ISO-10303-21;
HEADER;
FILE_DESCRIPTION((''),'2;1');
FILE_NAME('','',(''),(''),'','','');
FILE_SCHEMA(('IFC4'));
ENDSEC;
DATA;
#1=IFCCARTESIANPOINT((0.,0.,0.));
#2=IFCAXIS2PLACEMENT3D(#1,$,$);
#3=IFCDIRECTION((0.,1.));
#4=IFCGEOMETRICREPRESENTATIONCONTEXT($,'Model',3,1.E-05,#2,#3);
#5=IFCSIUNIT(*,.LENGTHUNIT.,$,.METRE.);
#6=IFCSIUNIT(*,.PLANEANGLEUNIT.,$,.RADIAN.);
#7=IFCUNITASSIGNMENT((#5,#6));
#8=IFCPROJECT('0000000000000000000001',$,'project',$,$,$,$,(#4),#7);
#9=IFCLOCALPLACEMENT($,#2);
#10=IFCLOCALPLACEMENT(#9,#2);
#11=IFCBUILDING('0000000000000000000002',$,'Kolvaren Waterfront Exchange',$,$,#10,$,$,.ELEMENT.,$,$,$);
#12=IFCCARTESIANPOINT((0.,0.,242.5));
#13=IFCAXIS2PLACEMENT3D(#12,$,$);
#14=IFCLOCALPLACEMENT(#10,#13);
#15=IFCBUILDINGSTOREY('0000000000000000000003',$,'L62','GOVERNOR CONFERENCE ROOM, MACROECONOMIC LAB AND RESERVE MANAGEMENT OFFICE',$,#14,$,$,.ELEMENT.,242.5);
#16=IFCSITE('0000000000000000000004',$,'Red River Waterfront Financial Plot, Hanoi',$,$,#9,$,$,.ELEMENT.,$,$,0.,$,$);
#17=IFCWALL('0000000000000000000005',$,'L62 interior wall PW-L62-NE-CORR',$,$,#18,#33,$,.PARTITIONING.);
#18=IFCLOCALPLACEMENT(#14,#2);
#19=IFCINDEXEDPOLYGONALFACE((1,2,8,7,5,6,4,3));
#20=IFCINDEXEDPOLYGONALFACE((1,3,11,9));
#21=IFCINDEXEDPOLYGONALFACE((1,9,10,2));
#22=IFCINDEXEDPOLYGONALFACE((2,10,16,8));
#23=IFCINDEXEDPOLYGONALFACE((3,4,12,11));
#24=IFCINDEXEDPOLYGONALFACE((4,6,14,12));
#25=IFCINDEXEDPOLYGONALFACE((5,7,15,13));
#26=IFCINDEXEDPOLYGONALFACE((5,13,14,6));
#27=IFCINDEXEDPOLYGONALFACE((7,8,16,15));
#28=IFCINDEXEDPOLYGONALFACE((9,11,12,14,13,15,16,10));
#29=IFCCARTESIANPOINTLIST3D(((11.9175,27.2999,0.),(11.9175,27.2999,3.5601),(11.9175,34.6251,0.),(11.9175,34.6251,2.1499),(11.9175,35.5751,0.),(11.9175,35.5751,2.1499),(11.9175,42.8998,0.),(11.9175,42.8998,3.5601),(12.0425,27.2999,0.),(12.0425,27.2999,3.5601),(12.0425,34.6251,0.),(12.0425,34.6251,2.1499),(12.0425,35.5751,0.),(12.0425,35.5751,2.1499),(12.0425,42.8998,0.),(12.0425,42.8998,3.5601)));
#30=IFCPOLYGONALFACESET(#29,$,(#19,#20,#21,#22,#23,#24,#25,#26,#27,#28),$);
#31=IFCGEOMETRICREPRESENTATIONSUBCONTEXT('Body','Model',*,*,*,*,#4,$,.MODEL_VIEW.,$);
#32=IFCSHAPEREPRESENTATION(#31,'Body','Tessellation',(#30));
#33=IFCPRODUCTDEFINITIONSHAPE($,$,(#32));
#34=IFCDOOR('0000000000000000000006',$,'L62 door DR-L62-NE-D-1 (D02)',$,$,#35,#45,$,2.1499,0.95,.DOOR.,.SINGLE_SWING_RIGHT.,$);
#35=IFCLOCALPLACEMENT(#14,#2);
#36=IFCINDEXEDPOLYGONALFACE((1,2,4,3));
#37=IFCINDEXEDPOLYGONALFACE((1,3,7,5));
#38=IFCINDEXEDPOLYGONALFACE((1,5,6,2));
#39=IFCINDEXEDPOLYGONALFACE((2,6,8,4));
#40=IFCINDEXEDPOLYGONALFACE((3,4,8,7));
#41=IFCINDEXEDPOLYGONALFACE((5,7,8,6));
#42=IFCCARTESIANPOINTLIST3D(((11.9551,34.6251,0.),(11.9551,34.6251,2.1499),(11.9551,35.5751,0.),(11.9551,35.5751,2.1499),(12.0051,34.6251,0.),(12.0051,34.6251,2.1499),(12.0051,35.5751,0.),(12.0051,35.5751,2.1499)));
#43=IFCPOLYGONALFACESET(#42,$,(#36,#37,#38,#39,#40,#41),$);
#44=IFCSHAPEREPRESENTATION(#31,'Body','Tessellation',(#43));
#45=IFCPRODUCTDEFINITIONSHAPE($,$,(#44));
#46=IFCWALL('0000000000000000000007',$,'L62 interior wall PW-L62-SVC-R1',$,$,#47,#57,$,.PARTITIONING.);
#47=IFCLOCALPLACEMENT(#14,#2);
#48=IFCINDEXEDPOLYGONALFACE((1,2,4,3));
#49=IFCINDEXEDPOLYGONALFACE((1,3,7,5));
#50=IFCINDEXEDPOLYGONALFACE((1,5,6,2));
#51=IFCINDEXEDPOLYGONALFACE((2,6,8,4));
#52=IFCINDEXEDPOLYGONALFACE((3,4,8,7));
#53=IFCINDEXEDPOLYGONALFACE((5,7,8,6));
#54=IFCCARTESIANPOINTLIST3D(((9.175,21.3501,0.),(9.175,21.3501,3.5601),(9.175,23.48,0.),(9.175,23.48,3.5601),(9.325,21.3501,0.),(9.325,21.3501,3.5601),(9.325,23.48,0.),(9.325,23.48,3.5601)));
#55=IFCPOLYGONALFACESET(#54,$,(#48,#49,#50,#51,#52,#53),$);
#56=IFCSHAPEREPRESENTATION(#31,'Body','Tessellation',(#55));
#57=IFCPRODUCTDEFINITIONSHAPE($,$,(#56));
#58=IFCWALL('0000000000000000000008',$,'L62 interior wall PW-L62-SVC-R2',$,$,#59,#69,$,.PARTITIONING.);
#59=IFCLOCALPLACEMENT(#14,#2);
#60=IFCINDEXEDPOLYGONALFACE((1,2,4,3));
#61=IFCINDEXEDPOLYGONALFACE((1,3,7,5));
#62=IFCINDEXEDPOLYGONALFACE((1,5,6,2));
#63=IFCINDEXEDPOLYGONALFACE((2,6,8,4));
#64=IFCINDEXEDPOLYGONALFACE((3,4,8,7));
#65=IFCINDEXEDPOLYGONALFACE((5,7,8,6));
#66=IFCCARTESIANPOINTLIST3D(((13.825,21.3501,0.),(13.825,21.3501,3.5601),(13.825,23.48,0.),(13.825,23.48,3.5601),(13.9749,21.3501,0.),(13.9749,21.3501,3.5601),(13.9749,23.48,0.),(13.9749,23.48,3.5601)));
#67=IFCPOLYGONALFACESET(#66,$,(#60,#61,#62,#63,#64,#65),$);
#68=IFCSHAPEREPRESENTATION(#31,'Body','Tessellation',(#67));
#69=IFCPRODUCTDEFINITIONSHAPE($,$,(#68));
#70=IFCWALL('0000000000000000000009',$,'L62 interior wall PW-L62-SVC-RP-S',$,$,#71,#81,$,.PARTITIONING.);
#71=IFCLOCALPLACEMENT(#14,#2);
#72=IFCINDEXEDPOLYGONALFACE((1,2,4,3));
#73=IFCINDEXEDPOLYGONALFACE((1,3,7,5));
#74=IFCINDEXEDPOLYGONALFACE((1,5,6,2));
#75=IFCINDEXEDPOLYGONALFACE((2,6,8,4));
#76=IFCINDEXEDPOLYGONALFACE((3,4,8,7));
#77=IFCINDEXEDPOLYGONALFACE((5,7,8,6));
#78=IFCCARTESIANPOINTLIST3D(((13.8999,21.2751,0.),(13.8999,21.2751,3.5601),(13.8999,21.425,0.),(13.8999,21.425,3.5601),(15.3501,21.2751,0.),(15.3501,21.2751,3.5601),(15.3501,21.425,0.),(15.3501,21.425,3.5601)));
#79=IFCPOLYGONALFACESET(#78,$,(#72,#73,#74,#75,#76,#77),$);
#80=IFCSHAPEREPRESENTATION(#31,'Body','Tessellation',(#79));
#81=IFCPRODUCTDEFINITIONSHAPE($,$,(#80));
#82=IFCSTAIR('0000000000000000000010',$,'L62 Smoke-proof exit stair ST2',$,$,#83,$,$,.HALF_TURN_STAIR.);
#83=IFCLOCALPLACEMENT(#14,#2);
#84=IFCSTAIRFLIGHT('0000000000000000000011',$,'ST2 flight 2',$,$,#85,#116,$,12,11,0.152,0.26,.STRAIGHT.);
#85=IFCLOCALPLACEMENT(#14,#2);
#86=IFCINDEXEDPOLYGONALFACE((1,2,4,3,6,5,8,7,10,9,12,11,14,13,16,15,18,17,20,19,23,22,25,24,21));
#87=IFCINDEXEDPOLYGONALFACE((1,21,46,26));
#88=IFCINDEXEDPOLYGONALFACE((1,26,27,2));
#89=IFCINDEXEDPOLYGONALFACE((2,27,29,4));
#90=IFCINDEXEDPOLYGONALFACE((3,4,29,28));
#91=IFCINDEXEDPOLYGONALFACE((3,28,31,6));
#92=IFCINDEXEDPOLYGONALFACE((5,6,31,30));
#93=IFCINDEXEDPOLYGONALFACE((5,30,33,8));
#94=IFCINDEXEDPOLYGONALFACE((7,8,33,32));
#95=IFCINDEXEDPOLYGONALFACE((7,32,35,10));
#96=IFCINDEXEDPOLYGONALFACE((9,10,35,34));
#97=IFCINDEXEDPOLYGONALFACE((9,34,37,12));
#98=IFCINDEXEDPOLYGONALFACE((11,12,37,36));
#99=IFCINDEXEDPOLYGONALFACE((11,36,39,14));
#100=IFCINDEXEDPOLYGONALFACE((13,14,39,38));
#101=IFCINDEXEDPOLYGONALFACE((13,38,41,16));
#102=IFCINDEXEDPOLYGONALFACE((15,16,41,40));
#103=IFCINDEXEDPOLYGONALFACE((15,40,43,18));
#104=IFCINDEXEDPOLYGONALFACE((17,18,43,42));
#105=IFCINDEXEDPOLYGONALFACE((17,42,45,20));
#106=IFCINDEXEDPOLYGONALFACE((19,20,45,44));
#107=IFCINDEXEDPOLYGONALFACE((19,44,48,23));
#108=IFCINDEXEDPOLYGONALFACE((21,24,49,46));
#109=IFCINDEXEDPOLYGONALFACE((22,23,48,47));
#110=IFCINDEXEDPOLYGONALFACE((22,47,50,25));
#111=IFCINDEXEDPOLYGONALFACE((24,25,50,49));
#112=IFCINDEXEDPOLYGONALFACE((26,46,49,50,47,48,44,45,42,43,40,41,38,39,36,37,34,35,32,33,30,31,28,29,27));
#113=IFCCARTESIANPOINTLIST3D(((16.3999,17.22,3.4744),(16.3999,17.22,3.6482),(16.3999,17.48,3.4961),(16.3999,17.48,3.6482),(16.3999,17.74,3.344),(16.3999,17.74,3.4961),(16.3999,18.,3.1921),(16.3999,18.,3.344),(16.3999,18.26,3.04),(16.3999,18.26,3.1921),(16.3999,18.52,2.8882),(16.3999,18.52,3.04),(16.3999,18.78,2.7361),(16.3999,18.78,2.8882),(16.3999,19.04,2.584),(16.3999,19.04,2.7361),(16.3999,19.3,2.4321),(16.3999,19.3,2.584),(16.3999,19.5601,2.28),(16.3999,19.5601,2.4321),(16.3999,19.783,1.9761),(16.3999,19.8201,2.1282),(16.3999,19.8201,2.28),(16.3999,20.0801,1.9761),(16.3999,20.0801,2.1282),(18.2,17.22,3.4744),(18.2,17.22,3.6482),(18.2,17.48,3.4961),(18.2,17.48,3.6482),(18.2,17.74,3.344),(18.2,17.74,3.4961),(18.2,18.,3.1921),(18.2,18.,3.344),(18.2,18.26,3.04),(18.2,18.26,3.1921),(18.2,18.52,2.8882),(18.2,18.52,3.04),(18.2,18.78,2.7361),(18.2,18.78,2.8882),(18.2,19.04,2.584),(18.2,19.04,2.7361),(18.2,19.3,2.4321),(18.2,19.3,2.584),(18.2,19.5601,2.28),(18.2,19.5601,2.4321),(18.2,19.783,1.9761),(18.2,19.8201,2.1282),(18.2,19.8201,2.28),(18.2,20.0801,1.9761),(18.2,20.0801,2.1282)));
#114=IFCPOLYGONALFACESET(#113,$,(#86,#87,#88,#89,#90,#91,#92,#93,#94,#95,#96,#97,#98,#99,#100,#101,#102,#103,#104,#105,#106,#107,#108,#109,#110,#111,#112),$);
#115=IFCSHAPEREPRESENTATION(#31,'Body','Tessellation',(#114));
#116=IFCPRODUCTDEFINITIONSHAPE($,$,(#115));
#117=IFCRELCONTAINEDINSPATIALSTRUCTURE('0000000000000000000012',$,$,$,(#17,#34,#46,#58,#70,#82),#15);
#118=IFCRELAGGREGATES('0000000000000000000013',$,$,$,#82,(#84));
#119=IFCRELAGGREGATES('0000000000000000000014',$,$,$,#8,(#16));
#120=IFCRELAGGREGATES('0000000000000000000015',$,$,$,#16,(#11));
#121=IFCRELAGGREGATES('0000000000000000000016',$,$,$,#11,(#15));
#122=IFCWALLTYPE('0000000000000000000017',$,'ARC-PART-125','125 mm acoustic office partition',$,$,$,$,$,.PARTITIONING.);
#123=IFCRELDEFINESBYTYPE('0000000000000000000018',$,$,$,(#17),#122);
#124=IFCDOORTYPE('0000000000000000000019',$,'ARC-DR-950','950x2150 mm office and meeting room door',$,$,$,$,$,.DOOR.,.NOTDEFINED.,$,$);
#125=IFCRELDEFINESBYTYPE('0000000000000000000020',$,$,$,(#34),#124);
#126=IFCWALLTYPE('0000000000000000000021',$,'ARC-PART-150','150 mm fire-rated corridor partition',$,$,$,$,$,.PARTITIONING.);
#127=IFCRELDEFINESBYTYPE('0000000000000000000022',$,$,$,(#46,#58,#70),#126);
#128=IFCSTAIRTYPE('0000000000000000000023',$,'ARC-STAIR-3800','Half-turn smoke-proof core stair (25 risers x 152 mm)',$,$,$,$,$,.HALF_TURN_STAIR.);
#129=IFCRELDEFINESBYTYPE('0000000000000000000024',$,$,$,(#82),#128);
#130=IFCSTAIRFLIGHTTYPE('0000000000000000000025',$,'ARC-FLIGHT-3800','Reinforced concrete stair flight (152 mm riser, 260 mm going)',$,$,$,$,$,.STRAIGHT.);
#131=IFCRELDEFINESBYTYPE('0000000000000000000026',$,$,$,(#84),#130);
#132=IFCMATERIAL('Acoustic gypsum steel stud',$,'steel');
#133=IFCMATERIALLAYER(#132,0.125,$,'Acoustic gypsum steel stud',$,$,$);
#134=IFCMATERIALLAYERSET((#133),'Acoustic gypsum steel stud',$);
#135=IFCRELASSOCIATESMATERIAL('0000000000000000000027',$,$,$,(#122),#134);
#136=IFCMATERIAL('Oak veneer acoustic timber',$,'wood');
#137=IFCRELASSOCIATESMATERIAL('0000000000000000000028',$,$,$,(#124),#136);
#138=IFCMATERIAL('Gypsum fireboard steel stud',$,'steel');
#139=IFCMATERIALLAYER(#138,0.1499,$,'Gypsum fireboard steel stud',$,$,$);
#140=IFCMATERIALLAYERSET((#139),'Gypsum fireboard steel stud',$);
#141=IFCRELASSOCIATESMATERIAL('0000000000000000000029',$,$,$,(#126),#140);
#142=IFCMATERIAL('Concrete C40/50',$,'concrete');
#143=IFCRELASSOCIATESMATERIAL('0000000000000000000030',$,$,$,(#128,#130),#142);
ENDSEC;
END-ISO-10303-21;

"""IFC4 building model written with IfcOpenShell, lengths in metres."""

from ifc_helpers import new_model, si_unit, direction, frame, frame_2d, origin, place, context, subcontext, project, spatial, polyline, rectangle, outline, extrude, material, layer, layer_set, type_object, element, fill, aggregate, save


model = new_model("IFC4")

# Units and contexts
model_context = context("Model", 3, precision=1e-05, world=origin(), true_north=direction((0.0, 1.0)))
body_context = subcontext(model_context, "Body", "Model", "MODEL_VIEW")
ifc_project = project(units=[si_unit("LENGTHUNIT", "METRE"), si_unit("PLANEANGLEUNIT", "RADIAN")], contexts=[model_context])

# Site, building, storey
site_placement = place(None, origin())
site = spatial("IfcSite", under=ifc_project, at=site_placement, Name="Red River Waterfront Financial Plot, Hanoi", CompositionType="ELEMENT", RefElevation=0.0)
building_placement = place(site_placement, origin())
building = spatial("IfcBuilding", under=site, at=building_placement, Name="Kolvaren Waterfront Exchange", CompositionType="ELEMENT")
storey_placement = place(building_placement, frame((0.0, 0.0, 242.5)))
storey = spatial("IfcBuildingStorey", under=building, at=storey_placement, Name="L62", Description="GOVERNOR CONFERENCE ROOM, MACROECONOMIC LAB AND RESERVE MANAGEMENT OFFICE", CompositionType="ELEMENT", Elevation=242.5)

# Shared definitions
ifc_material_1 = material(Name="Acoustic gypsum steel stud", Category="steel")
ifc_layer_1 = layer(ifc_material_1, 0.125, Name="Acoustic gypsum steel stud")
ifc_layer_set_1 = layer_set([ifc_layer_1], Name="Acoustic gypsum steel stud")
wall_type_1 = type_object("IfcWallType", Name="ARC-PART-125", Description="125 mm acoustic office partition", PredefinedType="PARTITIONING", material=ifc_layer_set_1)

# Shared definitions
ifc_material_2 = material(Name="Oak veneer acoustic timber", Category="wood")
door_type_1 = type_object("IfcDoorType", Name="ARC-DR-950", Description="950x2150 mm office and meeting room door", OperationType="NOTDEFINED", PredefinedType="DOOR", material=ifc_material_2)

# Wall, opening, door
wall_1_placement = place(storey_placement, frame((11.98, 27.3, 0.0), z_axis=(0.0, 0.0, 1.0), x_axis=(0.0, 1.0, 0.0)))
wall_1 = element("IfcWall", 1, at=wall_1_placement, inside=storey, type_object=wall_type_1, Name="L62 interior wall PW-L62-NE-CORR", PredefinedType="PARTITIONING", context=body_context, shape_type="SweptSolid", body=[
    extrude(rectangle(XDim=15.5999, YDim=0.125, at=frame_2d((7.7998, 0.0))), origin(), (0.0, 0.0, 1.0), 3.5601),
])
opening_1_placement = place(wall_1_placement, frame((7.325, 0.0, 0.0)))
opening_1 = element("IfcOpeningElement", 2, at=opening_1_placement, cuts=wall_1, PredefinedType="OPENING", context=body_context, shape_type="SweptSolid", body=[
    extrude(rectangle(XDim=0.95, YDim=2.1499, at=frame_2d((0.4751, 1.075))), frame((0.0, 0.0725, 0.0), z_axis=(0.0, -1.0, 0.0), x_axis=(1.0, 0.0, 0.0)), (0.0, 0.0, 1.0), 0.145),
])
door_1_placement = place(opening_1_placement, origin())
door_1 = element("IfcDoor", 3, at=door_1_placement, inside=storey, type_object=door_type_1, Name="L62 door DR-L62-NE-D-1 (D02)", OperationType="SINGLE_SWING_RIGHT", OverallHeight=2.1499, OverallWidth=0.95, PredefinedType="DOOR", context=body_context, shape_type="SweptSolid", body=[
    extrude(rectangle(XDim=0.95, YDim=2.1499, at=frame_2d((0.4751, 1.075))), frame((0.0, 0.0249, 0.0), z_axis=(0.0, -1.0, 0.0), x_axis=(1.0, 0.0, 0.0)), (0.0, 0.0, 1.0), 0.05),
])
fill(opening_1, door_1)

# Walls
ifc_material_3 = material(Name="Gypsum fireboard steel stud", Category="steel")
ifc_layer_2 = layer(ifc_material_3, 0.1499, Name="Gypsum fireboard steel stud")
ifc_layer_set_2 = layer_set([ifc_layer_2], Name="Gypsum fireboard steel stud")
wall_type_2 = type_object("IfcWallType", Name="ARC-PART-150", Description="150 mm fire-rated corridor partition", PredefinedType="PARTITIONING", material=ifc_layer_set_2)
for number, where, z_axis, x_axis, name in (
    (4, (9.25, 21.3501, 0.0), (0.0, 0.0, 1.0), (0.0, 1.0, 0.0), "L62 interior wall PW-L62-SVC-R1"),
    (5, (13.8999, 21.3501, 0.0), (0.0, 0.0, 1.0), (0.0, 1.0, 0.0), "L62 interior wall PW-L62-SVC-R2"),
):
    element("IfcWall", number, at=place(storey_placement, frame(where, z_axis=z_axis, x_axis=x_axis)), inside=storey, type_object=wall_type_2, Name=name, PredefinedType="PARTITIONING", context=body_context, shape_type="SweptSolid", body=[
        extrude(rectangle(XDim=2.1299, YDim=0.1499, at=frame_2d((1.0649, 0.0))), origin(), (0.0, 0.0, 1.0), 3.5601),
    ])
wall_2_placement = place(storey_placement, frame((13.8999, 21.3501, 0.0), z_axis=(0.0, 0.0, 1.0), x_axis=(1.0, 0.0, 0.0)))
element("IfcWall", 6, at=wall_2_placement, inside=storey, type_object=wall_type_2, Name="L62 interior wall PW-L62-SVC-RP-S", PredefinedType="PARTITIONING", context=body_context, shape_type="SweptSolid", body=[
    extrude(rectangle(XDim=1.4502, YDim=0.1499, at=frame_2d((0.7251, 0.0))), origin(), (0.0, 0.0, 1.0), 3.5601),
])

# Stair, stair flight
ifc_material_4 = material(Name="Concrete C40/50", Category="concrete")
stair_type = type_object("IfcStairType", Name="ARC-STAIR-3800", Description="Half-turn smoke-proof core stair (25 risers x 152 mm)", PredefinedType="HALF_TURN_STAIR", material=ifc_material_4)
stair_placement = place(storey_placement, origin())
stair = element("IfcStair", 7, at=stair_placement, inside=storey, type_object=stair_type, Name="L62 Smoke-proof exit stair ST2", PredefinedType="HALF_TURN_STAIR")
stair_flight_type = type_object("IfcStairFlightType", Name="ARC-FLIGHT-3800", Description="Reinforced concrete stair flight (152 mm riser, 260 mm going)", PredefinedType="STRAIGHT", material=ifc_material_4)
stair_flight_placement = place(storey_placement, frame((17.3, 20.0801, 1.9761), z_axis=(0.0, 0.0, 1.0), x_axis=(0.0, -1.0, 0.0)))
stair_flight = element("IfcStairFlight", 8, at=stair_flight_placement, type_object=stair_flight_type, Name="ST2 flight 2", NumberOfRisers=12, NumberOfTreads=11, PredefinedType="STRAIGHT", RiserHeight=0.152, TreadLength=0.26, context=body_context, shape_type="SweptSolid", body=[
    extrude(outline(polyline([(0.0, 0.0), (0.0, 0.1521), (0.26, 0.1521), (0.26, 0.304), (0.52, 0.304), (0.52, 0.4561), (0.78, 0.4561), (0.78, 0.6079), (1.04, 0.6079), (1.04, 0.76), (1.3, 0.76), (1.3, 0.9121), (1.5601, 0.9121), (1.5601, 1.064), (1.8201, 1.064), (1.8201, 1.2161), (2.0801, 1.2161), (2.0801, 1.3679), (2.3401, 1.3679), (2.3401, 1.52), (2.6001, 1.52), (2.6001, 1.6721), (2.8601, 1.6721), (2.8601, 1.824), (2.8601, 1.4983), (0.2971, 0.0), (0.0, 0.0)])), frame((0.0, 0.8999, 0.0), z_axis=(0.0, -1.0, 0.0), x_axis=(1.0, 0.0, 0.0)), (0.0, 0.0, 1.0), 1.8),
])
aggregate(stair, [stair_flight])

save(model, "model.ifc")
